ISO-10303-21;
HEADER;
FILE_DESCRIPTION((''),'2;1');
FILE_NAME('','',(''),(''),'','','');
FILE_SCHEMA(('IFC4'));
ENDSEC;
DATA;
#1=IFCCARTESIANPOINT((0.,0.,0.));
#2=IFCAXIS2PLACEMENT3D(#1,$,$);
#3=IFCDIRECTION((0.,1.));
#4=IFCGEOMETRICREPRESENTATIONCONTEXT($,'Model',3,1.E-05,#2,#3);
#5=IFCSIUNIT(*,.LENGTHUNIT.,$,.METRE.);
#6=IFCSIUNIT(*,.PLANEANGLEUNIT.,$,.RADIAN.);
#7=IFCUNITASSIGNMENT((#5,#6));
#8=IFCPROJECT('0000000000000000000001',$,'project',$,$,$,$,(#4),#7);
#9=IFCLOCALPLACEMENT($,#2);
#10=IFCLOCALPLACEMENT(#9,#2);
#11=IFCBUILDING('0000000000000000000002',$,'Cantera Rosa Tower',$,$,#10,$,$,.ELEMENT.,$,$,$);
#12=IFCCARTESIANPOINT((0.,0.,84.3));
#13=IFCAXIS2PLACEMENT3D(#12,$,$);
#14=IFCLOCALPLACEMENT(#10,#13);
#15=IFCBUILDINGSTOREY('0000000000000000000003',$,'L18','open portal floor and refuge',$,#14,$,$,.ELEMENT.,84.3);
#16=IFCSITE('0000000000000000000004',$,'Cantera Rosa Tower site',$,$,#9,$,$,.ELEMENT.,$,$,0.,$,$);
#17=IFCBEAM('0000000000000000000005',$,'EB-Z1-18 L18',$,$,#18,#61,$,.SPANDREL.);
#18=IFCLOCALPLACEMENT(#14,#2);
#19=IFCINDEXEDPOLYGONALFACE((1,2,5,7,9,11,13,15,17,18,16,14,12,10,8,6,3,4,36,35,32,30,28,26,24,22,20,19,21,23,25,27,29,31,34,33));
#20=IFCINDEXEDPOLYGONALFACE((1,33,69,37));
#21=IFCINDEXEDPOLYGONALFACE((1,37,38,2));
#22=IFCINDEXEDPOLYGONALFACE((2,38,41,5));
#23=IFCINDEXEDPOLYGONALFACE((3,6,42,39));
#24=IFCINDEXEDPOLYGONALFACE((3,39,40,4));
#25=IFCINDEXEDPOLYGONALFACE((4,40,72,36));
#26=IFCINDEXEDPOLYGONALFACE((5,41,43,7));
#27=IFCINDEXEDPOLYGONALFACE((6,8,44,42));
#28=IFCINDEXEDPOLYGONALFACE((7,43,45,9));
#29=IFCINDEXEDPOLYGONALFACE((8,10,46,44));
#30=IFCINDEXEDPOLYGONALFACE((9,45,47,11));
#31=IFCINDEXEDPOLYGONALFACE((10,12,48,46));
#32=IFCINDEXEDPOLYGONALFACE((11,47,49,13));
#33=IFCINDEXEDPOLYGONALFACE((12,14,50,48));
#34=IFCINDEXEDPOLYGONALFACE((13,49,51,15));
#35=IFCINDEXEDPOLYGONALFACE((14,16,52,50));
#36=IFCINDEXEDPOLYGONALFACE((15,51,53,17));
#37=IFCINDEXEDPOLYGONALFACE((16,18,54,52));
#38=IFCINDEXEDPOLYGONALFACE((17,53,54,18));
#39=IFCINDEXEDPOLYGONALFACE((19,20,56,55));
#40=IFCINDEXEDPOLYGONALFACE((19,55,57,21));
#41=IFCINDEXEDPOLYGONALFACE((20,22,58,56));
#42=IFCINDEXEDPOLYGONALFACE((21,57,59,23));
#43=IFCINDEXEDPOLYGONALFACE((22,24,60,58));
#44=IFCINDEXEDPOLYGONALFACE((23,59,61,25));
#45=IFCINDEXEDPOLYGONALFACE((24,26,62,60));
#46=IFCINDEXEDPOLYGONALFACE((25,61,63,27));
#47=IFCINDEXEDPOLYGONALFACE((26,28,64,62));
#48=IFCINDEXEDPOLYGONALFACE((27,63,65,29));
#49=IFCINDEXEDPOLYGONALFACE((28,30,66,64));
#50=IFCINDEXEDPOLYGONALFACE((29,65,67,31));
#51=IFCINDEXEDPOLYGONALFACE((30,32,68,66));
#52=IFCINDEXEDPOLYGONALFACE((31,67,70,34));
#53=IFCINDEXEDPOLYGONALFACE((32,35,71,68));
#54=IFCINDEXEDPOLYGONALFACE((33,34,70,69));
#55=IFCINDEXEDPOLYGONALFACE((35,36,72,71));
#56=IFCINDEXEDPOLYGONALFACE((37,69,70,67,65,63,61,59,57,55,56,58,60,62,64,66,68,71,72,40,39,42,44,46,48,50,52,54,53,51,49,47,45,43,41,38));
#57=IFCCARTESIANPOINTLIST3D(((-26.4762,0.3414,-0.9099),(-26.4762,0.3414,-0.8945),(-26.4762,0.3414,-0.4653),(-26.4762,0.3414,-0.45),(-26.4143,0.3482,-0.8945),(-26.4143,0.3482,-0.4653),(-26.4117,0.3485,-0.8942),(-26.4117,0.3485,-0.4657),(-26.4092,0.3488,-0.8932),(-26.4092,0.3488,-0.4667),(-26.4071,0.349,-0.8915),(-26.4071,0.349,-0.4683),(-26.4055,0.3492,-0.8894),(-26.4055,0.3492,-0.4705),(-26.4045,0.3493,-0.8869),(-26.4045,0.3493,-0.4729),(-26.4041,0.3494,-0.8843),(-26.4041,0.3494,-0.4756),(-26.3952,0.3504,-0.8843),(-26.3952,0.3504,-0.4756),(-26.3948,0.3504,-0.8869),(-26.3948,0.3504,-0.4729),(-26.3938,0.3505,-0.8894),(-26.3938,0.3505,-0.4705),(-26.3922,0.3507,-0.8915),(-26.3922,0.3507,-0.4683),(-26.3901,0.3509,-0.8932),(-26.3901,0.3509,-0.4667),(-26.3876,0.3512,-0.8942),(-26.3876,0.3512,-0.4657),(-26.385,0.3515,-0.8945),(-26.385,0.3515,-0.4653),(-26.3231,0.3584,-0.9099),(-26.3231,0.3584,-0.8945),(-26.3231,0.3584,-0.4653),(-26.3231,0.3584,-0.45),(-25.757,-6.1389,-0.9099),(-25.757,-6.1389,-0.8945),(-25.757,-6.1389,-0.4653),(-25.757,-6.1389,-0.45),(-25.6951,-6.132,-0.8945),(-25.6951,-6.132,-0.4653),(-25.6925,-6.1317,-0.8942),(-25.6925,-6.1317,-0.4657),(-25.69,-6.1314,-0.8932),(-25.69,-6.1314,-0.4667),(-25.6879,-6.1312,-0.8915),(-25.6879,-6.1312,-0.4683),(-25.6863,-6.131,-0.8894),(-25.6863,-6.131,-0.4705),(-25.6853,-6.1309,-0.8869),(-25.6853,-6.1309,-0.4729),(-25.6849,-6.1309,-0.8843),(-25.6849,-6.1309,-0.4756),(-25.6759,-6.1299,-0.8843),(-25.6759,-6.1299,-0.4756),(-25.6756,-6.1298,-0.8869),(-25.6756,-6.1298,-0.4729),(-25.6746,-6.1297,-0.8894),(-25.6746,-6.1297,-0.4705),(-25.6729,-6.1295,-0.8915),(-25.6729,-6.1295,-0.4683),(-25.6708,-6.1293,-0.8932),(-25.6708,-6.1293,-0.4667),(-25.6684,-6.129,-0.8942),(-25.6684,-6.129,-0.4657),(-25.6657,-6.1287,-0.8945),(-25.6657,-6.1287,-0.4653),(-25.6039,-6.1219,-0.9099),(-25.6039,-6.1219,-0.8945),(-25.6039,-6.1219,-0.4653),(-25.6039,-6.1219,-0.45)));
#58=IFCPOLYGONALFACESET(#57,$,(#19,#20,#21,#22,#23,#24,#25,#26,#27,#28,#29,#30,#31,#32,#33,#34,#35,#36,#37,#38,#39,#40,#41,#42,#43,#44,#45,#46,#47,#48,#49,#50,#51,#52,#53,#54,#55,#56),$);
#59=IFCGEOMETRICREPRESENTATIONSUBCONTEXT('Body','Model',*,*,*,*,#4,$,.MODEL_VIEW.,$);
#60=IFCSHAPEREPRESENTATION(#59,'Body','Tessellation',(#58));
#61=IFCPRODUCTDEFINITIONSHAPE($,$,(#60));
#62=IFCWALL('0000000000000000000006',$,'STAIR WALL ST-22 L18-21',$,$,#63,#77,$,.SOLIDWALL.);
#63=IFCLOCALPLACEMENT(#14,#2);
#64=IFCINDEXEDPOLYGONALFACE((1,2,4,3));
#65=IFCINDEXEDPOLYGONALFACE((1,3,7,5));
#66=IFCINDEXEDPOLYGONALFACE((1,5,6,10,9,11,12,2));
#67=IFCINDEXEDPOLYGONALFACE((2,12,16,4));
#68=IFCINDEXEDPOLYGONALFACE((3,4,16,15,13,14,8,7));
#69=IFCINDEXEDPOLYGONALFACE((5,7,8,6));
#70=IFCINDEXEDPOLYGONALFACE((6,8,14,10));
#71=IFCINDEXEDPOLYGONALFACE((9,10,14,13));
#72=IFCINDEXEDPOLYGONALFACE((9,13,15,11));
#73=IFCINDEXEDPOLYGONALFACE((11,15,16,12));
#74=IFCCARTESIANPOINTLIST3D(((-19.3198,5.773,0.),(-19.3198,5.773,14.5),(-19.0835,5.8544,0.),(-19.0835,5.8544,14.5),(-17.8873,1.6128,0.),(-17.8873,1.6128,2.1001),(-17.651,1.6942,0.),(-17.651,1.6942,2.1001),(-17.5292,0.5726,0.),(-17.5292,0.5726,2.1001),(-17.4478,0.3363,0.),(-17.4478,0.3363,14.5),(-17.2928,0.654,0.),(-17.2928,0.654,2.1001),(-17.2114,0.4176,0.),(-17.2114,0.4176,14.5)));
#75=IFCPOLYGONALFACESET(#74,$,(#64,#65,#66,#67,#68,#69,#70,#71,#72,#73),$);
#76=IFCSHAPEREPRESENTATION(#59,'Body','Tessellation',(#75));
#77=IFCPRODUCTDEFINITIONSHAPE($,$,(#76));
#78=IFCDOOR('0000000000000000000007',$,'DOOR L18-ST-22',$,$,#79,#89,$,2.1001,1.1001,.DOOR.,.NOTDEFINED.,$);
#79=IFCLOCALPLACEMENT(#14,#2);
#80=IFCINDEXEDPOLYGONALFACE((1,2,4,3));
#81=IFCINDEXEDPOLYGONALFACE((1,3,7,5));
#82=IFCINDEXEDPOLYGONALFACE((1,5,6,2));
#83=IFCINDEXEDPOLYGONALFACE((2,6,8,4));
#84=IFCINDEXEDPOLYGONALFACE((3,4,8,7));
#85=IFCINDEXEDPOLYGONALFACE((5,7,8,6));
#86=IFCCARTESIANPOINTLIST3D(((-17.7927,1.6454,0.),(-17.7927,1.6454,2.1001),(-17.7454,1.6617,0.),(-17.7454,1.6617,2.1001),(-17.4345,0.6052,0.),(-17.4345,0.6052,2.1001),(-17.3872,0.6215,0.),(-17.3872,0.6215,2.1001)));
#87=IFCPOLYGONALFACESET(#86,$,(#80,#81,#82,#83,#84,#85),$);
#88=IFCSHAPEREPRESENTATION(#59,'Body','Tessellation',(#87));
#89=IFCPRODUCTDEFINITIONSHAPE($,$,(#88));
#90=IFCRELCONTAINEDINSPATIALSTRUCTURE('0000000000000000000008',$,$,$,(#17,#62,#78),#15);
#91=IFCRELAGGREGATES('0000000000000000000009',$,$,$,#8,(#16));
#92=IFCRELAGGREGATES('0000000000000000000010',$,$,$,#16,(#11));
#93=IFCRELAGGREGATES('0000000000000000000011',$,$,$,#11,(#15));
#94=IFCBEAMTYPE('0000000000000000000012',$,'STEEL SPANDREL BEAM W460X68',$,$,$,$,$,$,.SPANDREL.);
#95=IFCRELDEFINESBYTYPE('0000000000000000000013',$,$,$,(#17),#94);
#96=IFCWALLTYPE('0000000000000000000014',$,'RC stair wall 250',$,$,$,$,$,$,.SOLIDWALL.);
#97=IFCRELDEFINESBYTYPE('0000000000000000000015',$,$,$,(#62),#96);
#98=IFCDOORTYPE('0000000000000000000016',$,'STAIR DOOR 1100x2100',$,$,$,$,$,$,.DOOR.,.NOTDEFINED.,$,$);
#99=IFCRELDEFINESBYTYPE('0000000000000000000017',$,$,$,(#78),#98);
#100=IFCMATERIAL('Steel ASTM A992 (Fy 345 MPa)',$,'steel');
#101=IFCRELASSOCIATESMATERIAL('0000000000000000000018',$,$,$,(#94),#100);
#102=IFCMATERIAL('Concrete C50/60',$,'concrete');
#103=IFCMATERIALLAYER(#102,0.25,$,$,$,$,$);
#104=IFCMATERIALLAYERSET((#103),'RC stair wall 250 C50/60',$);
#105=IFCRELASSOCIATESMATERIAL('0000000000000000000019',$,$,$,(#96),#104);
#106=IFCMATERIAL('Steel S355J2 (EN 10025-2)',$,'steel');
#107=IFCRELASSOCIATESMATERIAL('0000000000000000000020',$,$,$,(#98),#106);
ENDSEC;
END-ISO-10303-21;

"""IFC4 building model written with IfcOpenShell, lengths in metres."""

from ifc_helpers import new_model, si_unit, direction, frame, frame_2d, origin, origin_2d, place, context, subcontext, project, spatial, rectangle, i_section, extrude, material, layer, layer_set, material_profile, profile_set, type_object, element, fill, save


model = new_model("IFC4")

# Units and contexts
model_context = context("Model", 3, precision=1e-05, world=origin(), true_north=direction((0.0, 1.0)))
body_context = subcontext(model_context, "Body", "Model", "MODEL_VIEW")
ifc_project = project(units=[si_unit("LENGTHUNIT", "METRE"), si_unit("PLANEANGLEUNIT", "RADIAN")], contexts=[model_context])

# Site, building, storey
site_placement = place(None, origin())
site = spatial("IfcSite", under=ifc_project, at=site_placement, Name="Cantera Rosa Tower site", CompositionType="ELEMENT", RefElevation=0.0)
building_placement = place(site_placement, origin())
building = spatial("IfcBuilding", under=site, at=building_placement, Name="Cantera Rosa Tower", CompositionType="ELEMENT")
storey_placement = place(building_placement, frame((0.0, 0.0, 84.3)))
storey = spatial("IfcBuildingStorey", under=building, at=storey_placement, Name="L18", Description="open portal floor and refuge", CompositionType="ELEMENT", Elevation=84.3)

# Beam
ifc_material_1 = material(Name="Steel ASTM A992 (Fy 345 MPa)", Category="steel")
ifc_material_profile_1 = material_profile(ifc_material_1, i_section(OverallWidth=0.1541, OverallDepth=0.46, WebThickness=0.009, FlangeThickness=0.0154, FilletRadius=0.0103, at=origin_2d()), Name="W460X68")
ifc_profile_set_1 = profile_set([ifc_material_profile_1], Name="Steel ASTM A992 (Fy 345 MPa)")
beam_type_1 = type_object("IfcBeamType", Name="STEEL SPANDREL BEAM W460X68", PredefinedType="SPANDREL", material=ifc_profile_set_1)
beam_1_placement = place(storey_placement, frame((-26.3997, 0.3499, -0.6799), z_axis=(0.110312, -0.993897, 0.0), x_axis=(0.993897, 0.110312, 0.0)))
element("IfcBeam", 1, at=beam_1_placement, inside=storey, type_object=beam_type_1, Name="EB-Z1-18 L18", PredefinedType="SPANDREL", context=body_context, shape_type="SweptSolid", body=[
    extrude(i_section(OverallWidth=0.1541, OverallDepth=0.46, WebThickness=0.009, FlangeThickness=0.0154, FilletRadius=0.0103, at=origin_2d()), origin(), (0.0, 0.0, 1.0), 6.52),
])

# Wall, opening, door
ifc_material_2 = material(Name="Concrete C50/60", Category="concrete")
ifc_layer = layer(ifc_material_2, 0.25)
ifc_layer_set = layer_set([ifc_layer], Name="RC stair wall 250 C50/60")
wall_type = type_object("IfcWallType", Name="RC stair wall 250", PredefinedType="SOLIDWALL", material=ifc_layer_set)
wall_placement = place(storey_placement, frame((-17.3296, 0.377, 0.0), z_axis=(0.0, 0.0, 1.0), x_axis=(-0.325575, 0.945516, 0.0)))
wall = element("IfcWall", 2, at=wall_placement, inside=storey, type_object=wall_type, Name="STAIR WALL ST-22 L18-21", PredefinedType="SOLIDWALL", context=body_context, shape_type="SweptSolid", body=[
    extrude(rectangle(XDim=5.75, YDim=0.25, at=frame_2d((2.875, 0.0))), origin(), (0.0, 0.0, 1.0), 14.5),
])
opening_placement = place(wall_placement, frame((0.25, 0.0, 0.0)))
opening = element("IfcOpeningElement", 3, at=opening_placement, cuts=wall, PredefinedType="OPENING", context=body_context, shape_type="SweptSolid", body=[
    extrude(rectangle(XDim=1.1001, YDim=2.1001, at=frame_2d((0.55, 1.05))), frame((0.0, 0.135, 0.0), z_axis=(0.0, -1.0, 0.0), x_axis=(1.0, 0.0, 0.0)), (0.0, 0.0, 1.0), 0.27),
])
ifc_material_3 = material(Name="Steel S355J2 (EN 10025-2)", Category="steel")
door_type = type_object("IfcDoorType", Name="STAIR DOOR 1100x2100", OperationType="NOTDEFINED", PredefinedType="DOOR", material=ifc_material_3)
door_placement = place(opening_placement, origin())
door = element("IfcDoor", 4, at=door_placement, inside=storey, type_object=door_type, Name="DOOR L18-ST-22", OperationType="NOTDEFINED", OverallHeight=2.1001, OverallWidth=1.1001, PredefinedType="DOOR", context=body_context, shape_type="SweptSolid", body=[
    extrude(rectangle(XDim=1.1001, YDim=2.1001, at=frame_2d((0.55, 1.05))), frame((0.0, 0.0249, 0.0), z_axis=(0.0, -1.0, 0.0), x_axis=(1.0, 0.0, 0.0)), (0.0, 0.0, 1.0), 0.05),
])
fill(opening, door)

save(model, "model.ifc")
